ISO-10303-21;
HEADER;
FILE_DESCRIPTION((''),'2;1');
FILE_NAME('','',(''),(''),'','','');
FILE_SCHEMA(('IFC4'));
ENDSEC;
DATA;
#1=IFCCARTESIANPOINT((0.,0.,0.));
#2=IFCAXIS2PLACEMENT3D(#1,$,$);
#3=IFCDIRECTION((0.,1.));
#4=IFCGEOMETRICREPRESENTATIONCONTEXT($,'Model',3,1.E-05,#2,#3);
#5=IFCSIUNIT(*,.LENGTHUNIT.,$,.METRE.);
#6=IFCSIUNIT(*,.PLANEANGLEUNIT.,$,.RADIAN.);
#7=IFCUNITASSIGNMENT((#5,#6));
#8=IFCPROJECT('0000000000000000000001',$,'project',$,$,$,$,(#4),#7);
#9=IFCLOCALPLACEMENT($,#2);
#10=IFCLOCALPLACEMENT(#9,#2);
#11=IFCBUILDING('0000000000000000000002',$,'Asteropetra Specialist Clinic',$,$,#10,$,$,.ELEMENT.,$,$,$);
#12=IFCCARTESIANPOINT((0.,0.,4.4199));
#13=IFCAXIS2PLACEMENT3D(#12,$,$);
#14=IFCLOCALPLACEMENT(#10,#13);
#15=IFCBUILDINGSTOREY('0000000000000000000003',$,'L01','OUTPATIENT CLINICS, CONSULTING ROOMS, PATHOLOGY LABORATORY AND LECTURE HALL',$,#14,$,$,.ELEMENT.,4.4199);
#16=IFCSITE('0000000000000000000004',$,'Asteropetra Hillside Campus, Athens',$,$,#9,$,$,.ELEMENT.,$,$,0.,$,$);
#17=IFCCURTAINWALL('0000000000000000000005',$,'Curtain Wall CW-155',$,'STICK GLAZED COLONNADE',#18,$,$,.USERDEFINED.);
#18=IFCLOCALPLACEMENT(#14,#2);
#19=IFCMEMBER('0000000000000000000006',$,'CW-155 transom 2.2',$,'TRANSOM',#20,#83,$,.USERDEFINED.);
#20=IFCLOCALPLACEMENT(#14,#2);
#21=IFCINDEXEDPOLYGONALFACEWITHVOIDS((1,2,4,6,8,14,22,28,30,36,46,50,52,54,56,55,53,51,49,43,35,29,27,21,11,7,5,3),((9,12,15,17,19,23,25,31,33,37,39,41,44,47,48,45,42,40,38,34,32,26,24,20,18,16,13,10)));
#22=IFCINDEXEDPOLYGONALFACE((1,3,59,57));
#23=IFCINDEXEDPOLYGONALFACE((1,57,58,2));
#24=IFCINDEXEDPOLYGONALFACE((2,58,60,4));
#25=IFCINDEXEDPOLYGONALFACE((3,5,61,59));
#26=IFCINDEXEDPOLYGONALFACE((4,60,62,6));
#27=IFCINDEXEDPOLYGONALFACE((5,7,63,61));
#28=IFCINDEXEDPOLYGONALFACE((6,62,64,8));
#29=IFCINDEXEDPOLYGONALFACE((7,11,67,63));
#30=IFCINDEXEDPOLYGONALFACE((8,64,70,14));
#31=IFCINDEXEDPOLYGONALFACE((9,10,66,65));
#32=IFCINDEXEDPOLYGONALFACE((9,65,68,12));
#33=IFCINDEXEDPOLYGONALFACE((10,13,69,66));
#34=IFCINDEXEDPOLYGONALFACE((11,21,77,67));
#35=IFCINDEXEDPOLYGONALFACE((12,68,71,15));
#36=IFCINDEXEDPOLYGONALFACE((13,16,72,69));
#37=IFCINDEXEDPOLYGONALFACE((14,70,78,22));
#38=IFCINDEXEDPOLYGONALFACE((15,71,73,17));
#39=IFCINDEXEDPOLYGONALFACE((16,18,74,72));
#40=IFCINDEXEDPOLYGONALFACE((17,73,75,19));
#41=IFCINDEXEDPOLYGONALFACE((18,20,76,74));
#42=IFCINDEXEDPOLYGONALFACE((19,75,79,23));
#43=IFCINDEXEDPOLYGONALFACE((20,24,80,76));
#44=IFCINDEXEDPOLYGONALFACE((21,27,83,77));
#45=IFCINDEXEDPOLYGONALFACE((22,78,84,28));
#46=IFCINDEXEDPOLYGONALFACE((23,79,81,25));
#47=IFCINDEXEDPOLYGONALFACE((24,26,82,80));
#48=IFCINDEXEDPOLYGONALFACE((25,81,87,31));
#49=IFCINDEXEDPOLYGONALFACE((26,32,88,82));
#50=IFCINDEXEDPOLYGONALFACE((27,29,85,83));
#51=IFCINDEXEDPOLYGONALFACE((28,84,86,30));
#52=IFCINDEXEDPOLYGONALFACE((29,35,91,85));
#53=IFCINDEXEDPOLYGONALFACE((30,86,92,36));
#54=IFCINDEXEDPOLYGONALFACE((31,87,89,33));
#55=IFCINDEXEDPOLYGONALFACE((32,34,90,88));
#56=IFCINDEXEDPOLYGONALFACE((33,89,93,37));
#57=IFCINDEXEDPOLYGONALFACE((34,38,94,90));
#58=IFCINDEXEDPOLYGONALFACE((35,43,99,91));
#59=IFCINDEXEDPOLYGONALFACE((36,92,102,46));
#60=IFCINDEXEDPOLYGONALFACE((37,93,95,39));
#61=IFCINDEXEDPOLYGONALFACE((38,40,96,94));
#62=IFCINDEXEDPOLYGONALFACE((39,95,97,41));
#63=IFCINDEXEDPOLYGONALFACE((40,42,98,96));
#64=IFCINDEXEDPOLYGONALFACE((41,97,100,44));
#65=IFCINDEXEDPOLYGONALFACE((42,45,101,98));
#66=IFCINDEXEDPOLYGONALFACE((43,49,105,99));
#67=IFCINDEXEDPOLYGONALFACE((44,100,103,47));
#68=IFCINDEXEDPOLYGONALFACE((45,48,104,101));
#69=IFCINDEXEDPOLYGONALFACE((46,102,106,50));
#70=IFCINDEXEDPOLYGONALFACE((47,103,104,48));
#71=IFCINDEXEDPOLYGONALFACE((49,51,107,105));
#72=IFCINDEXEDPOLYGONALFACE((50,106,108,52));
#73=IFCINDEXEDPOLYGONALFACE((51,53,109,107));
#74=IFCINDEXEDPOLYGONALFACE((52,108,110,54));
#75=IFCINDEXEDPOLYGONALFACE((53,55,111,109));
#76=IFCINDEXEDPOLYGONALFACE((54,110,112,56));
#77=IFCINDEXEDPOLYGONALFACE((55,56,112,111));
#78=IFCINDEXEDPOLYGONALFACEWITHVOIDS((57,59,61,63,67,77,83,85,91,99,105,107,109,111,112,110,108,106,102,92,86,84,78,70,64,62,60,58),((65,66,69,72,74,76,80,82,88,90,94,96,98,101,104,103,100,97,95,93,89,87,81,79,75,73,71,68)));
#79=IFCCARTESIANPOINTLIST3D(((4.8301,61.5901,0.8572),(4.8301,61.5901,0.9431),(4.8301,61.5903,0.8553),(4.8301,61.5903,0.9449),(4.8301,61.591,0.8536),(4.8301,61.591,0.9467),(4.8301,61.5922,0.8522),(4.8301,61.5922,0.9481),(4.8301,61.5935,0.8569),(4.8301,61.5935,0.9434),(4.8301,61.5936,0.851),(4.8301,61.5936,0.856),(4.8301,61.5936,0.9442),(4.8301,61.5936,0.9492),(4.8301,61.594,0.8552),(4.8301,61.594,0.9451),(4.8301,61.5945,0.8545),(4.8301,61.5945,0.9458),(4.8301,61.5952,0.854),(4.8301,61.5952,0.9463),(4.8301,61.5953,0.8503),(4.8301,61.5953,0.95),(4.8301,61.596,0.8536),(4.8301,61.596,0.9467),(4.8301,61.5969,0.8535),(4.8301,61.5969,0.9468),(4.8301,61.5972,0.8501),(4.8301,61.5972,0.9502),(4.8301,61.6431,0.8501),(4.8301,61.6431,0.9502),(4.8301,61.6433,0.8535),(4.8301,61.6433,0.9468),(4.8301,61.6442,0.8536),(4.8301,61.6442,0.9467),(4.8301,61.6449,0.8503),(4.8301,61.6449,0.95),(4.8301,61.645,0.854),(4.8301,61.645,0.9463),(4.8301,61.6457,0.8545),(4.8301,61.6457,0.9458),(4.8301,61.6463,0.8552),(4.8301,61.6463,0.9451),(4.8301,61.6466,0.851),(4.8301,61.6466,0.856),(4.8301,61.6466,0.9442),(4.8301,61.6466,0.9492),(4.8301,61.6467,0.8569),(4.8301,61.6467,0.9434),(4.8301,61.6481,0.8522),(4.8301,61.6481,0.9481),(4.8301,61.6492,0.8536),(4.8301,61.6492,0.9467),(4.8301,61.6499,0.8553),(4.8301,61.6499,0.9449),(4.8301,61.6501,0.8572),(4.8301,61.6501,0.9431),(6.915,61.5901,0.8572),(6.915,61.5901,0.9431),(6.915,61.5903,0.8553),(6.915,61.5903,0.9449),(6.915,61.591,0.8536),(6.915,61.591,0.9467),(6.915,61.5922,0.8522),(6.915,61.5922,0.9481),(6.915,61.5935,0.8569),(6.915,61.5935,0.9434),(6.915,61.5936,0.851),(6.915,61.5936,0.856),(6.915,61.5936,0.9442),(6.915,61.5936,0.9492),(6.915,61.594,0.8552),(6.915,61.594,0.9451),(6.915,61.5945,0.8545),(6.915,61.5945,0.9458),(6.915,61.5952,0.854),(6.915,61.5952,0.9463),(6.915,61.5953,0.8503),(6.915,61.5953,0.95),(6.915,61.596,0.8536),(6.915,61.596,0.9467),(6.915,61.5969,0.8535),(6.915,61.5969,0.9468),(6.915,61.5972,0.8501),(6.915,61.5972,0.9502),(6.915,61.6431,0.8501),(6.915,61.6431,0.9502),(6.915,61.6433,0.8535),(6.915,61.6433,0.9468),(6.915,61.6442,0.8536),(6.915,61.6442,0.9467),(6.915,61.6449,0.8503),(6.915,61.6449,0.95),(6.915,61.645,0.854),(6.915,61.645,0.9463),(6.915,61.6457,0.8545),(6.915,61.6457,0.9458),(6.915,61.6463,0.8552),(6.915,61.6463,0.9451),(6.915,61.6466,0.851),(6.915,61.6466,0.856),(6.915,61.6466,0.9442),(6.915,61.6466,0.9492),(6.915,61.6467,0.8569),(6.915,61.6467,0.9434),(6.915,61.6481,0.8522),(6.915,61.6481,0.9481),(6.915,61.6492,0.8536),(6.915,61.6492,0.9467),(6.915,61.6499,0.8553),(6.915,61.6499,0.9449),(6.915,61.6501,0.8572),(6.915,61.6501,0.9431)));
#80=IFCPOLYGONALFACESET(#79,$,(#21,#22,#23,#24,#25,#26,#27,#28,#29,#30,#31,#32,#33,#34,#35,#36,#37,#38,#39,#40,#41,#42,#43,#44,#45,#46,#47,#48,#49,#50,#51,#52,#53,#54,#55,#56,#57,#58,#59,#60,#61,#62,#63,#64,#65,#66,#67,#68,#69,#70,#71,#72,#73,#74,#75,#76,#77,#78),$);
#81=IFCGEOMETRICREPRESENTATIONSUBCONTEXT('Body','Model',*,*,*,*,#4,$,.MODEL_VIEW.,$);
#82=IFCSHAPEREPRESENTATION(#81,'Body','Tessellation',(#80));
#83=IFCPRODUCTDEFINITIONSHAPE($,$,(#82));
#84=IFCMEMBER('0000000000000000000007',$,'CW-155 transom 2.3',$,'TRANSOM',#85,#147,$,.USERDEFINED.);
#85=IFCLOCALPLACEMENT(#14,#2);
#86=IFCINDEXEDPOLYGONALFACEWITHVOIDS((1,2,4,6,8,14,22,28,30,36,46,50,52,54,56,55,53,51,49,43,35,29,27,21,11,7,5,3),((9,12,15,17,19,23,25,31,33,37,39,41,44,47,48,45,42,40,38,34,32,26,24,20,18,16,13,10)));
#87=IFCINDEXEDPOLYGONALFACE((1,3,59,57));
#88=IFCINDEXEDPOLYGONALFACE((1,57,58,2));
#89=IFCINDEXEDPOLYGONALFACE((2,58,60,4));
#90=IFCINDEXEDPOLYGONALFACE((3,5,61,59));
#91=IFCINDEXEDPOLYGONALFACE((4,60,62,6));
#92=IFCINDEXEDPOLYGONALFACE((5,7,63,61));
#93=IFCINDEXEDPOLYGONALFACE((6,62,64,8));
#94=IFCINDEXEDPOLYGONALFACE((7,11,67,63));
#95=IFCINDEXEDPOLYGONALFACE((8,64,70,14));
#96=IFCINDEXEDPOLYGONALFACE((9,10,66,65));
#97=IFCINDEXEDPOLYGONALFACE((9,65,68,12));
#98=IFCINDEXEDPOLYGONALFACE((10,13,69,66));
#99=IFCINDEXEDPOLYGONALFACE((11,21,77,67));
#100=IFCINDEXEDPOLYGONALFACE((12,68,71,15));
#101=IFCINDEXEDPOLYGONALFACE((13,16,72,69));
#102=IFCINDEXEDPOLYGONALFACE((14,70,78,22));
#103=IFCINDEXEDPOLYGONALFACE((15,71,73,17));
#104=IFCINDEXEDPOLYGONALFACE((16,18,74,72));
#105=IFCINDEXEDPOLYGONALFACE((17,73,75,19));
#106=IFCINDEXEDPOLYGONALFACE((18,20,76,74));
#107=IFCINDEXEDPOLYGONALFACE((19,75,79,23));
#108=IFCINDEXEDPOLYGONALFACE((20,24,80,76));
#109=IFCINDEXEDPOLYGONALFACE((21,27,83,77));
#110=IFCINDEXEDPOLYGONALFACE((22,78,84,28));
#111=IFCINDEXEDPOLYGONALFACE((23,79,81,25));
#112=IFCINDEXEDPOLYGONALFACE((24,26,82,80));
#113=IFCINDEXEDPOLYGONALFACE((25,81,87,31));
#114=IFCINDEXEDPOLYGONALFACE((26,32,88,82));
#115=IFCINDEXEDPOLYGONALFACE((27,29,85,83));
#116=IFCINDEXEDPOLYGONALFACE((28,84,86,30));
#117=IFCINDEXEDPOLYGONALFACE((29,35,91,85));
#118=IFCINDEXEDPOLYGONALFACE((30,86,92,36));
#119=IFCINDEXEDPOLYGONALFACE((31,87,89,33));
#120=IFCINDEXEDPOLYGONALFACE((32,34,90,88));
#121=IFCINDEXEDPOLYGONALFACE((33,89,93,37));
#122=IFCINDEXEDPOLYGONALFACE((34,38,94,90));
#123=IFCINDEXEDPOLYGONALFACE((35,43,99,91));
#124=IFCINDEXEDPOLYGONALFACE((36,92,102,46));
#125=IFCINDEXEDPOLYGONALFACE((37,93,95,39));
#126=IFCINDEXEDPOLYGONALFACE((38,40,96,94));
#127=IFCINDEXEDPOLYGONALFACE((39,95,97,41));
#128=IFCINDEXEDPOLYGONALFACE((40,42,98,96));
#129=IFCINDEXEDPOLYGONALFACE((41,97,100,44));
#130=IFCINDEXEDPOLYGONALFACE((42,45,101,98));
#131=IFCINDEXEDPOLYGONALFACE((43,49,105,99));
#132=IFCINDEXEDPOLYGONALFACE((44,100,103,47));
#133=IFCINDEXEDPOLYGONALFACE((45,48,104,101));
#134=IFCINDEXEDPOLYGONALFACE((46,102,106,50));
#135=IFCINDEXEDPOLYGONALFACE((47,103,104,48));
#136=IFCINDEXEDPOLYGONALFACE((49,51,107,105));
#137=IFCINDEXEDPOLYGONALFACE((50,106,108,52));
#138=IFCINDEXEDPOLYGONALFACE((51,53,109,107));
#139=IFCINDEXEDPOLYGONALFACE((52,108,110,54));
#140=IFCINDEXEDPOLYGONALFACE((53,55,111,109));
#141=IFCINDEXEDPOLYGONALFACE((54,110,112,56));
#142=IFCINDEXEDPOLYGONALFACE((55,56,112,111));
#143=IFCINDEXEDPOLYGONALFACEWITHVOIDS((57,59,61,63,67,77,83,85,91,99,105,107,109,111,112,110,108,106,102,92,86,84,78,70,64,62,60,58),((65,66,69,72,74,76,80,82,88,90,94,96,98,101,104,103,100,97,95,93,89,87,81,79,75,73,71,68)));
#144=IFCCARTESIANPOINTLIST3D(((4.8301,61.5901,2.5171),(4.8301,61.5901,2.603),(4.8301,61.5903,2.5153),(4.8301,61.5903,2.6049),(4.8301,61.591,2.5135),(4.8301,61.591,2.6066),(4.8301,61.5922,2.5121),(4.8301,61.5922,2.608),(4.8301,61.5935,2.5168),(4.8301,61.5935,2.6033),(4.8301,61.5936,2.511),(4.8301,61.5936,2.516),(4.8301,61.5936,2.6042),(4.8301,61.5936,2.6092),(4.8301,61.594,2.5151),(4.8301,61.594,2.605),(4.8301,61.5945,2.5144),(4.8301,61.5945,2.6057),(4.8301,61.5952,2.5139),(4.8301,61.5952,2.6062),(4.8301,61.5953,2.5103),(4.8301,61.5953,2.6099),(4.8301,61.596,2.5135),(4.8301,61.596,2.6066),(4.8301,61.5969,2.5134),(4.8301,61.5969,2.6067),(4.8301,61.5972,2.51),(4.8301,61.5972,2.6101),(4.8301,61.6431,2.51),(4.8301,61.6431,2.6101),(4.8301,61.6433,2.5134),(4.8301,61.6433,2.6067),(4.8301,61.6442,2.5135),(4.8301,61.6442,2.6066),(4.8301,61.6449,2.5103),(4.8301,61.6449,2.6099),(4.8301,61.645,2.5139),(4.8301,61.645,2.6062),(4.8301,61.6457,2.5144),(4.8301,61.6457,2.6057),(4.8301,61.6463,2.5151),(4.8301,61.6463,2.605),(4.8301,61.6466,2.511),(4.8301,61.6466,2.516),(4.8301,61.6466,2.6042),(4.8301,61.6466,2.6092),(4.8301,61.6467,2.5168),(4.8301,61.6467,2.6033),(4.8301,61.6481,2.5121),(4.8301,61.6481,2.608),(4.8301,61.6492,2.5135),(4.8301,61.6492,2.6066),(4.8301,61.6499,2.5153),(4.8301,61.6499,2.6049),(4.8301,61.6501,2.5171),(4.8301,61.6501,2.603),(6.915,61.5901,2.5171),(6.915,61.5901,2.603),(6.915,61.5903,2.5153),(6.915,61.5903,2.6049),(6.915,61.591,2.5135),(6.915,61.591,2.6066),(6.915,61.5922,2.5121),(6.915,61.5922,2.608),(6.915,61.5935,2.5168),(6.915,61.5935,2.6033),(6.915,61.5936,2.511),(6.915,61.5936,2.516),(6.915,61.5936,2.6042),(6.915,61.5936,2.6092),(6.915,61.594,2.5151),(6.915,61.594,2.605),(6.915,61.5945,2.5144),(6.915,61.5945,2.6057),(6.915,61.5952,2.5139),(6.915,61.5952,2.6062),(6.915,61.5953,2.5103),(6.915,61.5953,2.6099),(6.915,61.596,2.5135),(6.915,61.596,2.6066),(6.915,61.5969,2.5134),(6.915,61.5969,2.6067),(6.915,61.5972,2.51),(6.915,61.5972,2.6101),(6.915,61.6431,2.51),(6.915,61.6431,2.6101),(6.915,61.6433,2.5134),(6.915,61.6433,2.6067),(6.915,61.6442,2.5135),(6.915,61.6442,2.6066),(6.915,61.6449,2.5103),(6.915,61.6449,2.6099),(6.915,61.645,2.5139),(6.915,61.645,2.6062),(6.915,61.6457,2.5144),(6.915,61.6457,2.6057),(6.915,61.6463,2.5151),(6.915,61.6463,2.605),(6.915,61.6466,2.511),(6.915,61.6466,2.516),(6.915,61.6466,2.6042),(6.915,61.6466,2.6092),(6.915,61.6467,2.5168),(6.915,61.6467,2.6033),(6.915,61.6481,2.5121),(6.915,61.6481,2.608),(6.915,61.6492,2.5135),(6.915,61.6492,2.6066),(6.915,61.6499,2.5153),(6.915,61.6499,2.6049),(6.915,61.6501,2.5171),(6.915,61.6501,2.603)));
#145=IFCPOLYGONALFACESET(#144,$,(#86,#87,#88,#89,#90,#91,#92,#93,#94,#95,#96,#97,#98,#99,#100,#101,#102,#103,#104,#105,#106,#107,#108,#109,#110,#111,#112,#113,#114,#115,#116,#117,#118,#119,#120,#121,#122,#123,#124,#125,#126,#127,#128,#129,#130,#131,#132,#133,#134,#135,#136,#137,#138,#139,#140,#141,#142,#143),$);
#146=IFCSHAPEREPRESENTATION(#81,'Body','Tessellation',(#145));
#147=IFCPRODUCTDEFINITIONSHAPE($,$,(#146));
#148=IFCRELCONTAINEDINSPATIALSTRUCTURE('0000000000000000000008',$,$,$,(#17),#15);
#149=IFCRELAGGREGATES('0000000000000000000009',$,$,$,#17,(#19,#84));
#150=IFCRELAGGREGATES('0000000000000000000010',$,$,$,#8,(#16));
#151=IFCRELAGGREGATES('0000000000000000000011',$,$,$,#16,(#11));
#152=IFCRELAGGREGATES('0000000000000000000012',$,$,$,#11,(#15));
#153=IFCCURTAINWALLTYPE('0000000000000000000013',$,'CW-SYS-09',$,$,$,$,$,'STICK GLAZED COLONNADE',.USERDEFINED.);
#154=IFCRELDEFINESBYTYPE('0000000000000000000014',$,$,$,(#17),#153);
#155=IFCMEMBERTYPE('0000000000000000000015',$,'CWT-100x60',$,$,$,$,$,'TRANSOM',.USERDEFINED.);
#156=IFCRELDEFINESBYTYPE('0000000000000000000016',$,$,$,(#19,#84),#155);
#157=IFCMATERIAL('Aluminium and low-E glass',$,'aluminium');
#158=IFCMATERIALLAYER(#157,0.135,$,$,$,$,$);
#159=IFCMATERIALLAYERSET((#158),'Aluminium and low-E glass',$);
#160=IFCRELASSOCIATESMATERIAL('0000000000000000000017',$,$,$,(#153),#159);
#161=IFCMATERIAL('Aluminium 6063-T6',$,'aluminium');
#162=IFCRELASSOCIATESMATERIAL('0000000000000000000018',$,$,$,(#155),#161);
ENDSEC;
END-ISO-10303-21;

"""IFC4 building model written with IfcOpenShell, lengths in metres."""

from ifc_helpers import new_model, si_unit, direction, frame, origin, origin_2d, place, context, subcontext, project, spatial, hollow_rectangle, extrude, material, layer, layer_set, material_profile, profile_set, type_object, element, aggregate, save


model = new_model("IFC4")

# Units and contexts
model_context = context("Model", 3, precision=1e-05, world=origin(), true_north=direction((0.0, 1.0)))
body_context = subcontext(model_context, "Body", "Model", "MODEL_VIEW")
ifc_project = project(units=[si_unit("LENGTHUNIT", "METRE"), si_unit("PLANEANGLEUNIT", "RADIAN")], contexts=[model_context])

# Site, building, storey
site_placement = place(None, origin())
site = spatial("IfcSite", under=ifc_project, at=site_placement, Name="Asteropetra Hillside Campus, Athens", CompositionType="ELEMENT", RefElevation=0.0)
building_placement = place(site_placement, origin())
building = spatial("IfcBuilding", under=site, at=building_placement, Name="Asteropetra Specialist Clinic", CompositionType="ELEMENT")
storey_placement = place(building_placement, frame((0.0, 0.0, 4.4199)))
storey = spatial("IfcBuildingStorey", under=building, at=storey_placement, Name="L01", Description="OUTPATIENT CLINICS, CONSULTING ROOMS, PATHOLOGY LABORATORY AND LECTURE HALL", CompositionType="ELEMENT", Elevation=4.4199)

# Curtain wall, members
ifc_material_1 = material(Name="Aluminium and low-E glass", Category="aluminium")
ifc_layer_1 = layer(ifc_material_1, 0.135)
ifc_layer_set_1 = layer_set([ifc_layer_1], Name="Aluminium and low-E glass")
curtain_wall_type = type_object("IfcCurtainWallType", Name="CW-SYS-09", ElementType="STICK GLAZED COLONNADE", PredefinedType="USERDEFINED", material=ifc_layer_set_1)
curtain_wall_placement = place(storey_placement, origin())
curtain_wall = element("IfcCurtainWall", 1, at=curtain_wall_placement, inside=storey, type_object=curtain_wall_type, Name="Curtain Wall CW-155", ObjectType="STICK GLAZED COLONNADE", PredefinedType="USERDEFINED")
ifc_material_2 = material(Name="Aluminium 6063-T6", Category="aluminium")
ifc_material_profile_1 = material_profile(ifc_material_2, hollow_rectangle(XDim=0.0601, YDim=0.1001, WallThickness=0.0034, InnerFilletRadius=0.0034, OuterFilletRadius=0.0071, at=origin_2d()), Name="TRN 100x60x3.5")
ifc_profile_set_1 = profile_set([ifc_material_profile_1], Name="Aluminium 6063-T6")
member_type_1 = type_object("IfcMemberType", Name="CWT-100x60", ElementType="TRANSOM", PredefinedType="USERDEFINED", material=ifc_profile_set_1)
member_1_placement = place(storey_placement, frame((6.915, 61.6201, 0.9001), z_axis=(-1.0, 0.0, 0.0), x_axis=(0.0, -1.0, 0.0)))
member_1 = element("IfcMember", 2, at=member_1_placement, type_object=member_type_1, Name="CW-155 transom 2.2", ObjectType="TRANSOM", PredefinedType="USERDEFINED", context=body_context, shape_type="SweptSolid", body=[
    extrude(hollow_rectangle(XDim=0.0601, YDim=0.1001, WallThickness=0.0034, InnerFilletRadius=0.0034, OuterFilletRadius=0.0071, at=origin_2d()), origin(), (0.0, 0.0, 1.0), 2.085),
])
member_2_placement = place(storey_placement, frame((6.915, 61.6201, 2.5601), z_axis=(-1.0, 0.0, 0.0), x_axis=(0.0, -1.0, 0.0)))
member_2 = element("IfcMember", 3, at=member_2_placement, type_object=member_type_1, Name="CW-155 transom 2.3", ObjectType="TRANSOM", PredefinedType="USERDEFINED", context=body_context, shape_type="SweptSolid", body=[
    extrude(hollow_rectangle(XDim=0.0601, YDim=0.1001, WallThickness=0.0034, InnerFilletRadius=0.0034, OuterFilletRadius=0.0071, at=origin_2d()), origin(), (0.0, 0.0, 1.0), 2.085),
])
aggregate(curtain_wall, [member_1, member_2])

save(model, "model.ifc")
